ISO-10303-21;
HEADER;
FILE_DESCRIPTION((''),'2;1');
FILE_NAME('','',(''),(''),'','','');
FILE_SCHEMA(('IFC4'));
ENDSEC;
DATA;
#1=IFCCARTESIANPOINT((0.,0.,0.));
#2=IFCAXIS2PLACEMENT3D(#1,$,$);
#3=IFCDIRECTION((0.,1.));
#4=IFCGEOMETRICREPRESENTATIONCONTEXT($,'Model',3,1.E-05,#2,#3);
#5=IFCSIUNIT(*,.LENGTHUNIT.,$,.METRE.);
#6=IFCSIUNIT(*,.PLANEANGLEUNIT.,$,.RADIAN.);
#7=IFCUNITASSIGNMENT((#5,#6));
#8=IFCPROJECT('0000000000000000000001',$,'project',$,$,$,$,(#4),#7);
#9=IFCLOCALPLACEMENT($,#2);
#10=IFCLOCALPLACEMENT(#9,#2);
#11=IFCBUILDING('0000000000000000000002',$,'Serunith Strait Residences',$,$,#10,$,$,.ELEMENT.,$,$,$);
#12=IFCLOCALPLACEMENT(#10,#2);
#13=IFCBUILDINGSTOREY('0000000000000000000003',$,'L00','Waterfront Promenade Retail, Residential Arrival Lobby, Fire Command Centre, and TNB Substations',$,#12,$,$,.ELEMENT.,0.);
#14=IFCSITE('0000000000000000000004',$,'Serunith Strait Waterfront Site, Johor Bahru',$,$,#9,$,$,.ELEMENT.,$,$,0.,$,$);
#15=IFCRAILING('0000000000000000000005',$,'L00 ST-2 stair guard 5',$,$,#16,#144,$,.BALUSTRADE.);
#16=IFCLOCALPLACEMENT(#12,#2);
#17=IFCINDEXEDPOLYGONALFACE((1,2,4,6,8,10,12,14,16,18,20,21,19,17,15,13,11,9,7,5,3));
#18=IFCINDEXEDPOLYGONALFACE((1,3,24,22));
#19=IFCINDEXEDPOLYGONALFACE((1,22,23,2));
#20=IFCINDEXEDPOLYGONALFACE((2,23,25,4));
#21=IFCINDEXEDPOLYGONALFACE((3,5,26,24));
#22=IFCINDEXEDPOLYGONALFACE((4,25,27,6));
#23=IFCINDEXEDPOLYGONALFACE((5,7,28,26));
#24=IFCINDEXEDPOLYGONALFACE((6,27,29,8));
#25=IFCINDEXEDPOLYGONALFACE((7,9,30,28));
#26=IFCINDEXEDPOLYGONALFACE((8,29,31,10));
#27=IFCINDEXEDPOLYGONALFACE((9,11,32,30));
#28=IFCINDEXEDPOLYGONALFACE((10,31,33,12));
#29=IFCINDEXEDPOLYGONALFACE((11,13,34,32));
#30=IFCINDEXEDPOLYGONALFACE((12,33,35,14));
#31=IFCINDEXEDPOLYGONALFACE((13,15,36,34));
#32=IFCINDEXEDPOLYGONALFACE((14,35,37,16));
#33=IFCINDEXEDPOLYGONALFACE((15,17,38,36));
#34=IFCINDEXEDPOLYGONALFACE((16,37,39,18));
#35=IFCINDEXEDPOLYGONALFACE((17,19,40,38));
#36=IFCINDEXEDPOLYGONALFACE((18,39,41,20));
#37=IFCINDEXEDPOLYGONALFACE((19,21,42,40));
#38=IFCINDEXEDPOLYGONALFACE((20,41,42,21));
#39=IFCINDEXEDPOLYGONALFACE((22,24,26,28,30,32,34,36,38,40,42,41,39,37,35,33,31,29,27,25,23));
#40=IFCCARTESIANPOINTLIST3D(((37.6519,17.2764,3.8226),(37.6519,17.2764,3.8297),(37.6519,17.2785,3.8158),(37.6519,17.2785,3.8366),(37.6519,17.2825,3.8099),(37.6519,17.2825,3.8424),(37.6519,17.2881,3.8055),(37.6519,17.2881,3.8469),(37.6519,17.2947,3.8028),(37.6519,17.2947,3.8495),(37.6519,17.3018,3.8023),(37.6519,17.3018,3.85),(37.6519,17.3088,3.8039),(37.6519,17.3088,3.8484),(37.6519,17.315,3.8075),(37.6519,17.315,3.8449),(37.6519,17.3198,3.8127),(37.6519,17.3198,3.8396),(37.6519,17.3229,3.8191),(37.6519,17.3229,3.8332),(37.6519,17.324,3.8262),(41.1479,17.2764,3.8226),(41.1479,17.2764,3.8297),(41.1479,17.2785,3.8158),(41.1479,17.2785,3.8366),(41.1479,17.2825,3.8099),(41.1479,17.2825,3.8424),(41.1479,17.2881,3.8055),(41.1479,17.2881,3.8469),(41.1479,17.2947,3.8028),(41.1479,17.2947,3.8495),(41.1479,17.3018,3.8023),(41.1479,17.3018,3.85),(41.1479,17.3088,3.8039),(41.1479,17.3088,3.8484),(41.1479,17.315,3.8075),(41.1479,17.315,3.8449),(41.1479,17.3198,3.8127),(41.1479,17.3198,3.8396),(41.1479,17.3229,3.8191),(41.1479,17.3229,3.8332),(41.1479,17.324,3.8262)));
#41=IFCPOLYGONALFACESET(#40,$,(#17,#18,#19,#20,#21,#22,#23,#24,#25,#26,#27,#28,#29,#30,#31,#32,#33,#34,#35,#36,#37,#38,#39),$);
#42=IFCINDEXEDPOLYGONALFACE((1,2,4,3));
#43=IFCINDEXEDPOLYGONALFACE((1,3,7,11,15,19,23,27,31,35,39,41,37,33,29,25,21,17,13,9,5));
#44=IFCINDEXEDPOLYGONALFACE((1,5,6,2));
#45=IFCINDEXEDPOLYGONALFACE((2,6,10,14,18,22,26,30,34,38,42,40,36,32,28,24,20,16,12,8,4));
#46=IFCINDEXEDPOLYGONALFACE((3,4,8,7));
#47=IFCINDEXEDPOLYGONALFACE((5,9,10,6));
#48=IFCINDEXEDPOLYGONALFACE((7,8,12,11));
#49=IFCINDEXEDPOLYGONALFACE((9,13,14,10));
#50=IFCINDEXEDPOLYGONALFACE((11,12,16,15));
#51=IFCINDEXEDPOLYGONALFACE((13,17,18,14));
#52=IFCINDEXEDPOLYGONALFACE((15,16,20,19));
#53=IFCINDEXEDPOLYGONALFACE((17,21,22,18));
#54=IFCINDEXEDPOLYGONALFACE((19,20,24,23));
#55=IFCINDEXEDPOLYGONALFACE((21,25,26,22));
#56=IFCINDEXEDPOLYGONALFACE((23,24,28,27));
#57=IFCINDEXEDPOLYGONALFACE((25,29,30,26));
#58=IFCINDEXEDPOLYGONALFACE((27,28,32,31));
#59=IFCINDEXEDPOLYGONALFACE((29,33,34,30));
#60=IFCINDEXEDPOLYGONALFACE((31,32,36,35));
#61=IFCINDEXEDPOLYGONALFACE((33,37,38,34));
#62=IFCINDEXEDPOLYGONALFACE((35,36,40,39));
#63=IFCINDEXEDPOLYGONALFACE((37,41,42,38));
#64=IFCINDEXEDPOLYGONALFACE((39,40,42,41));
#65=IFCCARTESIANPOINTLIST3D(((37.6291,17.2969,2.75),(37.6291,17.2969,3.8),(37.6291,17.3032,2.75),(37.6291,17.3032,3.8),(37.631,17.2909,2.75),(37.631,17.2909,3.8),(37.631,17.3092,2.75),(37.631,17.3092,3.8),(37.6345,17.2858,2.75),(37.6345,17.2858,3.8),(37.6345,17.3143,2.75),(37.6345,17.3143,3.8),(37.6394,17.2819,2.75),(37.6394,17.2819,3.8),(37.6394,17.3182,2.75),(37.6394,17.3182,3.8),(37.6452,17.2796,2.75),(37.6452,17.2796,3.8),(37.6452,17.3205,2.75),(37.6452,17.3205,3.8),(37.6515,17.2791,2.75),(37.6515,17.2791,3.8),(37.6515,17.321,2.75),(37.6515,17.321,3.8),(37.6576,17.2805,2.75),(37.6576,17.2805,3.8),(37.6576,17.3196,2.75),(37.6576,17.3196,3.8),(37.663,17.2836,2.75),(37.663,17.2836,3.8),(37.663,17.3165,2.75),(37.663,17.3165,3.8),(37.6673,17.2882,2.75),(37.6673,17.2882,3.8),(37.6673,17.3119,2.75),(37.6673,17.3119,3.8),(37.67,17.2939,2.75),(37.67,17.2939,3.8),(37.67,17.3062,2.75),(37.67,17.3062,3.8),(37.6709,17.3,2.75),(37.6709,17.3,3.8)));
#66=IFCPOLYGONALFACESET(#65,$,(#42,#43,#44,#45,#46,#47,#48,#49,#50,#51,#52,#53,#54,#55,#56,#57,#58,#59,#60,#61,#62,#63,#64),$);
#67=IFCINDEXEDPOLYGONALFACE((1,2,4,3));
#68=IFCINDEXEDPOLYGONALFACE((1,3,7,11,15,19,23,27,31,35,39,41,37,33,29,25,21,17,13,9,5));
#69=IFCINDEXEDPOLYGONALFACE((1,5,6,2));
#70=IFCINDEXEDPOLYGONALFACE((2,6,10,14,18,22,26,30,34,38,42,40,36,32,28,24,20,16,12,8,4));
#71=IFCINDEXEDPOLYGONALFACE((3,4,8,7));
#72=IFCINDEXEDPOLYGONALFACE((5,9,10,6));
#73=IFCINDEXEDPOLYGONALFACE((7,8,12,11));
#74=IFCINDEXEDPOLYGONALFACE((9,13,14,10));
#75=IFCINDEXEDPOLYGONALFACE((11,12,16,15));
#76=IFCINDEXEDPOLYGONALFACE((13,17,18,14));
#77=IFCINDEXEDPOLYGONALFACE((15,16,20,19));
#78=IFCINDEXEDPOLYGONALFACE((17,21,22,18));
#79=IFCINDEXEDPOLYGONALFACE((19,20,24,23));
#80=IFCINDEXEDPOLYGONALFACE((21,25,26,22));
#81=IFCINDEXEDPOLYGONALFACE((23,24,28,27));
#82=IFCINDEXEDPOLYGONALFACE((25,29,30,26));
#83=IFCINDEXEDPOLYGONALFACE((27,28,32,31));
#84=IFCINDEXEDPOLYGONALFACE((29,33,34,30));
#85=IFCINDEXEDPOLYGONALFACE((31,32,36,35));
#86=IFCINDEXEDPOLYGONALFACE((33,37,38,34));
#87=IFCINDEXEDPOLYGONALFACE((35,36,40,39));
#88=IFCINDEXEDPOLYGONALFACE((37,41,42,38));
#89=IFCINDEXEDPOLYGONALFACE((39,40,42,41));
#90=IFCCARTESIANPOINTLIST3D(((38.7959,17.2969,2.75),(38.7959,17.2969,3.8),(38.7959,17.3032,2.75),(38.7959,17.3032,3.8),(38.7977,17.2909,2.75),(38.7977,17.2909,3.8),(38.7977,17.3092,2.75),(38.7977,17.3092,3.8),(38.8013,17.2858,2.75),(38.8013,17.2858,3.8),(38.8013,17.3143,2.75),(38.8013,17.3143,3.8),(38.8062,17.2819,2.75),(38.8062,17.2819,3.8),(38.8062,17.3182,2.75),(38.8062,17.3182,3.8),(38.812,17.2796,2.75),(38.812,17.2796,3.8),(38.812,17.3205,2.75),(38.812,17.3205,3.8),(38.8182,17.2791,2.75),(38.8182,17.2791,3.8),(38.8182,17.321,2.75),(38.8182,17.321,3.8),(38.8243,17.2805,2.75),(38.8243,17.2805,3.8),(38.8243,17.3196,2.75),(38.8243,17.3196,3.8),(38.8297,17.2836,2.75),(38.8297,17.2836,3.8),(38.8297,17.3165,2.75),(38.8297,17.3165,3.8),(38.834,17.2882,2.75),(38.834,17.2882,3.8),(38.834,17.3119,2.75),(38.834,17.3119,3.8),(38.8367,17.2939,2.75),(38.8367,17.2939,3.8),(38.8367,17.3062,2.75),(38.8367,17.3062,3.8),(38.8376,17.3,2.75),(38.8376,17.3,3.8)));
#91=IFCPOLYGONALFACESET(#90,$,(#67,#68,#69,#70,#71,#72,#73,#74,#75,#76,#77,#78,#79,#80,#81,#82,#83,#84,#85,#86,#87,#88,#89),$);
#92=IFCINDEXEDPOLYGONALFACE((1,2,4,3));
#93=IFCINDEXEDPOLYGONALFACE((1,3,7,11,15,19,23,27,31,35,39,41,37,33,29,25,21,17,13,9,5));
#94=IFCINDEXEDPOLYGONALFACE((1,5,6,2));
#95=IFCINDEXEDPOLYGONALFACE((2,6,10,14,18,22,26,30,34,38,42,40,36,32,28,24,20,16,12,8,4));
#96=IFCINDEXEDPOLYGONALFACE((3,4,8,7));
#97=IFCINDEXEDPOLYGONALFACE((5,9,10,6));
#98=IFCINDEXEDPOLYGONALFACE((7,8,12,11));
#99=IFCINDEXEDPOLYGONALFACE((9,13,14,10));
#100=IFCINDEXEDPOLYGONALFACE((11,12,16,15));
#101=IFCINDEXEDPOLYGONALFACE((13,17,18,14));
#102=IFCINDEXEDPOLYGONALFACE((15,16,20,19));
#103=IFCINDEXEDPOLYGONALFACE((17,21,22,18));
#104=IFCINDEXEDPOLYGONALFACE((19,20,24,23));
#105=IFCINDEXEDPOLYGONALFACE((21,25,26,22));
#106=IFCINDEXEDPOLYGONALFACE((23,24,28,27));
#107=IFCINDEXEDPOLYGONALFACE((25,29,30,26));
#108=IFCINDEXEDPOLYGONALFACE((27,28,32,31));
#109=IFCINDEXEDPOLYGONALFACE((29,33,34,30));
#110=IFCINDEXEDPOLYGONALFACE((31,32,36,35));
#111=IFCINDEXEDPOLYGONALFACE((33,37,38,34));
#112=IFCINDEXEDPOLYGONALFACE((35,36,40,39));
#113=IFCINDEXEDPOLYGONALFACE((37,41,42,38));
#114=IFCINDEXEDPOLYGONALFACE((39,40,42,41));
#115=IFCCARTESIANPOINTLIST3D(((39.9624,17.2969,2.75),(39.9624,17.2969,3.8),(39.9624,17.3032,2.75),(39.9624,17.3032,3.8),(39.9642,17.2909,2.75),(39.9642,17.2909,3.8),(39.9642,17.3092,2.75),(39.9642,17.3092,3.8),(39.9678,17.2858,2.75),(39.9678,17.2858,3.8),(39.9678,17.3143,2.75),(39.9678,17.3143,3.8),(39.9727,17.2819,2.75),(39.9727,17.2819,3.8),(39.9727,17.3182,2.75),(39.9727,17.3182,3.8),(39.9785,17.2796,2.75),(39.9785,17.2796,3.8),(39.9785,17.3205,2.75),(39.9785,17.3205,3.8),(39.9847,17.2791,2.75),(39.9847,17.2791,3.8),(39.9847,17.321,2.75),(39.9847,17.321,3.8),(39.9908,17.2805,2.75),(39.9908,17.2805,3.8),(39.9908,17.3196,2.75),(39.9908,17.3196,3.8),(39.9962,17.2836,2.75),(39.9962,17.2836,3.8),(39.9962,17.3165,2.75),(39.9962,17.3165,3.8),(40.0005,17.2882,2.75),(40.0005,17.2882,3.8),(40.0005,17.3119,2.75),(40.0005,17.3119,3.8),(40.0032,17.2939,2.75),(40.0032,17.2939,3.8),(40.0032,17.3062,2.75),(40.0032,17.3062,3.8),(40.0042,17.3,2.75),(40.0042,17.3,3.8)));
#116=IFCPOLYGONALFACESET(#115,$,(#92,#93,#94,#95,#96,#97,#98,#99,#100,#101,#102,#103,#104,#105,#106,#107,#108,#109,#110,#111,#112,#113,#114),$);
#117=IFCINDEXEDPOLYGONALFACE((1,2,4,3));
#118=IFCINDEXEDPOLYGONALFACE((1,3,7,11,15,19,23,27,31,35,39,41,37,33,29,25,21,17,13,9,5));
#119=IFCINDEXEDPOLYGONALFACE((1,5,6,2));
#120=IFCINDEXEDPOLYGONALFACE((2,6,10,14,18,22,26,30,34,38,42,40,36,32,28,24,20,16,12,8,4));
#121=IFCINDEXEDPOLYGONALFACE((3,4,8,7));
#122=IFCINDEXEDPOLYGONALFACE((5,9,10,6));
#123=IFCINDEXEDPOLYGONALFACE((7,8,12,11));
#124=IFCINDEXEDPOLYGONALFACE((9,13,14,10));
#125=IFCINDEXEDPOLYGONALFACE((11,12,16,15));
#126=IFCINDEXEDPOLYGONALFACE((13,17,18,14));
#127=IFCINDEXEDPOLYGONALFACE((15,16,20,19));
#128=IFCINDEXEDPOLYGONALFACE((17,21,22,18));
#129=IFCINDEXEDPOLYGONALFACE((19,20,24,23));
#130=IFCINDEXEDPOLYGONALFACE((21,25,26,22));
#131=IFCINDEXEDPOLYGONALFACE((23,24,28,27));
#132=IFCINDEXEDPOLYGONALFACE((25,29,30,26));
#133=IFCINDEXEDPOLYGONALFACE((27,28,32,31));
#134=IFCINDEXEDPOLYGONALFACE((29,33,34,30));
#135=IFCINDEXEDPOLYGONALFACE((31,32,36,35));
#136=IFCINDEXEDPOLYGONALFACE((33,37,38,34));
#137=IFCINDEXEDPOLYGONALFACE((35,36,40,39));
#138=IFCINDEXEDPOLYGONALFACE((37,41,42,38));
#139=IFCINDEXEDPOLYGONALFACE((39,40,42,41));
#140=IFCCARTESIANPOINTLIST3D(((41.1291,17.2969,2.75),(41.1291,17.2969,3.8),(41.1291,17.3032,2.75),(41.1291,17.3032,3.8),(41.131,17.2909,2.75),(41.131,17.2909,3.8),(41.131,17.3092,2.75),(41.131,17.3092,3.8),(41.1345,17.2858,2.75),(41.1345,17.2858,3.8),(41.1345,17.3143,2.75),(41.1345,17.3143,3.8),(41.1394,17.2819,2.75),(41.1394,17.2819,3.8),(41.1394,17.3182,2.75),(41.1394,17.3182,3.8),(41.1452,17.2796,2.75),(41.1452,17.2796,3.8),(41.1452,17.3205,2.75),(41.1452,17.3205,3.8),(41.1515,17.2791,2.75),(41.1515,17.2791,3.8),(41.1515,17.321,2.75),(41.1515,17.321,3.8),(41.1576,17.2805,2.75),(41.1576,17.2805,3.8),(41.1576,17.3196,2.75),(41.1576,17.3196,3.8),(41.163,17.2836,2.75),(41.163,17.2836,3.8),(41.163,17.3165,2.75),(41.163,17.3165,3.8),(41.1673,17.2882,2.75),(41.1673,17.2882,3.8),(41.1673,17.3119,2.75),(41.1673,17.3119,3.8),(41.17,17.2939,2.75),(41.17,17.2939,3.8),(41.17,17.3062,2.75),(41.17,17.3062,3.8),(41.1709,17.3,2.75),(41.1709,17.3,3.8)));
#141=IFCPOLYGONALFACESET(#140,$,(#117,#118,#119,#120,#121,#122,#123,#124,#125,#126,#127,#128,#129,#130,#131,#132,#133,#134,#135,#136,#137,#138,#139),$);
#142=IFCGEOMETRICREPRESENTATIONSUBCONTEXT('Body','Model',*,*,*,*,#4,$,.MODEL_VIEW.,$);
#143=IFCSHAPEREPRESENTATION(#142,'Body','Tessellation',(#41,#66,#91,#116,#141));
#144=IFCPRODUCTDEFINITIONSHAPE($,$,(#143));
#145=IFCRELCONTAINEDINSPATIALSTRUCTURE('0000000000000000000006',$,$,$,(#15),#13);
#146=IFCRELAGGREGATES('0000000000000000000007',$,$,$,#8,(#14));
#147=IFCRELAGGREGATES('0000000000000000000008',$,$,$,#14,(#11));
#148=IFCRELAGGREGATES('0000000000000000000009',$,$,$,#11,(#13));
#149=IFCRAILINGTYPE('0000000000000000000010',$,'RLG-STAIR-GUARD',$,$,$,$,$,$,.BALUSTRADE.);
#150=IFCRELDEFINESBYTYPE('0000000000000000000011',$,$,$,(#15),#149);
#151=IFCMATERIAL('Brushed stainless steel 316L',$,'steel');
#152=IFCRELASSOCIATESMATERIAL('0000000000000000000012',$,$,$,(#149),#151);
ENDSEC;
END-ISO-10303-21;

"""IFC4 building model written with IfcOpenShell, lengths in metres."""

from ifc_helpers import new_model, si_unit, direction, frame, origin, origin_2d, place, context, subcontext, project, spatial, circle, extrude, material, type_object, element, save


model = new_model("IFC4")

# Units and contexts
model_context = context("Model", 3, precision=1e-05, world=origin(), true_north=direction((0.0, 1.0)))
body_context = subcontext(model_context, "Body", "Model", "MODEL_VIEW")
ifc_project = project(units=[si_unit("LENGTHUNIT", "METRE"), si_unit("PLANEANGLEUNIT", "RADIAN")], contexts=[model_context])

# Site, building, storey
site_placement = place(None, origin())
site = spatial("IfcSite", under=ifc_project, at=site_placement, Name="Serunith Strait Waterfront Site, Johor Bahru", CompositionType="ELEMENT", RefElevation=0.0)
building_placement = place(site_placement, origin())
building = spatial("IfcBuilding", under=site, at=building_placement, Name="Serunith Strait Residences", CompositionType="ELEMENT")
storey_placement = place(building_placement, origin())
storey = spatial("IfcBuildingStorey", under=building, at=storey_placement, Name="L00", Description="Waterfront Promenade Retail, Residential Arrival Lobby, Fire Command Centre, and TNB Substations", CompositionType="ELEMENT", Elevation=0.0)

# Railing
ifc_material_1 = material(Name="Brushed stainless steel 316L", Category="steel")
railing_type = type_object("IfcRailingType", Name="RLG-STAIR-GUARD", PredefinedType="BALUSTRADE", material=ifc_material_1)
railing_1_placement = place(storey_placement, frame((37.6499, 17.3, 2.75)))
element("IfcRailing", 1, at=railing_1_placement, inside=storey, type_object=railing_type, Name="L00 ST-2 stair guard 5", PredefinedType="BALUSTRADE", context=body_context, shape_type="SweptSolid", body=[
    extrude(circle(Radius=0.0239, at=origin_2d()), frame((0.002, 0.0, 1.0762), z_axis=(1.0, 0.0, 0.0), x_axis=(0.0, 1.0, 0.0)), (0.0, 0.0, 1.0), 3.4961),
    extrude(circle(Radius=0.021, at=origin_2d()), origin(), (0.0, 0.0, 1.0), 1.05),
    extrude(circle(Radius=0.021, at=origin_2d()), frame((1.1667, 0.0, 0.0)), (0.0, 0.0, 1.0), 1.05),
    extrude(circle(Radius=0.021, at=origin_2d()), frame((2.3333, 0.0, 0.0)), (0.0, 0.0, 1.0), 1.05),
    extrude(circle(Radius=0.021, at=origin_2d()), frame((3.5, 0.0, 0.0)), (0.0, 0.0, 1.0), 1.05),
])

save(model, "model.ifc")
